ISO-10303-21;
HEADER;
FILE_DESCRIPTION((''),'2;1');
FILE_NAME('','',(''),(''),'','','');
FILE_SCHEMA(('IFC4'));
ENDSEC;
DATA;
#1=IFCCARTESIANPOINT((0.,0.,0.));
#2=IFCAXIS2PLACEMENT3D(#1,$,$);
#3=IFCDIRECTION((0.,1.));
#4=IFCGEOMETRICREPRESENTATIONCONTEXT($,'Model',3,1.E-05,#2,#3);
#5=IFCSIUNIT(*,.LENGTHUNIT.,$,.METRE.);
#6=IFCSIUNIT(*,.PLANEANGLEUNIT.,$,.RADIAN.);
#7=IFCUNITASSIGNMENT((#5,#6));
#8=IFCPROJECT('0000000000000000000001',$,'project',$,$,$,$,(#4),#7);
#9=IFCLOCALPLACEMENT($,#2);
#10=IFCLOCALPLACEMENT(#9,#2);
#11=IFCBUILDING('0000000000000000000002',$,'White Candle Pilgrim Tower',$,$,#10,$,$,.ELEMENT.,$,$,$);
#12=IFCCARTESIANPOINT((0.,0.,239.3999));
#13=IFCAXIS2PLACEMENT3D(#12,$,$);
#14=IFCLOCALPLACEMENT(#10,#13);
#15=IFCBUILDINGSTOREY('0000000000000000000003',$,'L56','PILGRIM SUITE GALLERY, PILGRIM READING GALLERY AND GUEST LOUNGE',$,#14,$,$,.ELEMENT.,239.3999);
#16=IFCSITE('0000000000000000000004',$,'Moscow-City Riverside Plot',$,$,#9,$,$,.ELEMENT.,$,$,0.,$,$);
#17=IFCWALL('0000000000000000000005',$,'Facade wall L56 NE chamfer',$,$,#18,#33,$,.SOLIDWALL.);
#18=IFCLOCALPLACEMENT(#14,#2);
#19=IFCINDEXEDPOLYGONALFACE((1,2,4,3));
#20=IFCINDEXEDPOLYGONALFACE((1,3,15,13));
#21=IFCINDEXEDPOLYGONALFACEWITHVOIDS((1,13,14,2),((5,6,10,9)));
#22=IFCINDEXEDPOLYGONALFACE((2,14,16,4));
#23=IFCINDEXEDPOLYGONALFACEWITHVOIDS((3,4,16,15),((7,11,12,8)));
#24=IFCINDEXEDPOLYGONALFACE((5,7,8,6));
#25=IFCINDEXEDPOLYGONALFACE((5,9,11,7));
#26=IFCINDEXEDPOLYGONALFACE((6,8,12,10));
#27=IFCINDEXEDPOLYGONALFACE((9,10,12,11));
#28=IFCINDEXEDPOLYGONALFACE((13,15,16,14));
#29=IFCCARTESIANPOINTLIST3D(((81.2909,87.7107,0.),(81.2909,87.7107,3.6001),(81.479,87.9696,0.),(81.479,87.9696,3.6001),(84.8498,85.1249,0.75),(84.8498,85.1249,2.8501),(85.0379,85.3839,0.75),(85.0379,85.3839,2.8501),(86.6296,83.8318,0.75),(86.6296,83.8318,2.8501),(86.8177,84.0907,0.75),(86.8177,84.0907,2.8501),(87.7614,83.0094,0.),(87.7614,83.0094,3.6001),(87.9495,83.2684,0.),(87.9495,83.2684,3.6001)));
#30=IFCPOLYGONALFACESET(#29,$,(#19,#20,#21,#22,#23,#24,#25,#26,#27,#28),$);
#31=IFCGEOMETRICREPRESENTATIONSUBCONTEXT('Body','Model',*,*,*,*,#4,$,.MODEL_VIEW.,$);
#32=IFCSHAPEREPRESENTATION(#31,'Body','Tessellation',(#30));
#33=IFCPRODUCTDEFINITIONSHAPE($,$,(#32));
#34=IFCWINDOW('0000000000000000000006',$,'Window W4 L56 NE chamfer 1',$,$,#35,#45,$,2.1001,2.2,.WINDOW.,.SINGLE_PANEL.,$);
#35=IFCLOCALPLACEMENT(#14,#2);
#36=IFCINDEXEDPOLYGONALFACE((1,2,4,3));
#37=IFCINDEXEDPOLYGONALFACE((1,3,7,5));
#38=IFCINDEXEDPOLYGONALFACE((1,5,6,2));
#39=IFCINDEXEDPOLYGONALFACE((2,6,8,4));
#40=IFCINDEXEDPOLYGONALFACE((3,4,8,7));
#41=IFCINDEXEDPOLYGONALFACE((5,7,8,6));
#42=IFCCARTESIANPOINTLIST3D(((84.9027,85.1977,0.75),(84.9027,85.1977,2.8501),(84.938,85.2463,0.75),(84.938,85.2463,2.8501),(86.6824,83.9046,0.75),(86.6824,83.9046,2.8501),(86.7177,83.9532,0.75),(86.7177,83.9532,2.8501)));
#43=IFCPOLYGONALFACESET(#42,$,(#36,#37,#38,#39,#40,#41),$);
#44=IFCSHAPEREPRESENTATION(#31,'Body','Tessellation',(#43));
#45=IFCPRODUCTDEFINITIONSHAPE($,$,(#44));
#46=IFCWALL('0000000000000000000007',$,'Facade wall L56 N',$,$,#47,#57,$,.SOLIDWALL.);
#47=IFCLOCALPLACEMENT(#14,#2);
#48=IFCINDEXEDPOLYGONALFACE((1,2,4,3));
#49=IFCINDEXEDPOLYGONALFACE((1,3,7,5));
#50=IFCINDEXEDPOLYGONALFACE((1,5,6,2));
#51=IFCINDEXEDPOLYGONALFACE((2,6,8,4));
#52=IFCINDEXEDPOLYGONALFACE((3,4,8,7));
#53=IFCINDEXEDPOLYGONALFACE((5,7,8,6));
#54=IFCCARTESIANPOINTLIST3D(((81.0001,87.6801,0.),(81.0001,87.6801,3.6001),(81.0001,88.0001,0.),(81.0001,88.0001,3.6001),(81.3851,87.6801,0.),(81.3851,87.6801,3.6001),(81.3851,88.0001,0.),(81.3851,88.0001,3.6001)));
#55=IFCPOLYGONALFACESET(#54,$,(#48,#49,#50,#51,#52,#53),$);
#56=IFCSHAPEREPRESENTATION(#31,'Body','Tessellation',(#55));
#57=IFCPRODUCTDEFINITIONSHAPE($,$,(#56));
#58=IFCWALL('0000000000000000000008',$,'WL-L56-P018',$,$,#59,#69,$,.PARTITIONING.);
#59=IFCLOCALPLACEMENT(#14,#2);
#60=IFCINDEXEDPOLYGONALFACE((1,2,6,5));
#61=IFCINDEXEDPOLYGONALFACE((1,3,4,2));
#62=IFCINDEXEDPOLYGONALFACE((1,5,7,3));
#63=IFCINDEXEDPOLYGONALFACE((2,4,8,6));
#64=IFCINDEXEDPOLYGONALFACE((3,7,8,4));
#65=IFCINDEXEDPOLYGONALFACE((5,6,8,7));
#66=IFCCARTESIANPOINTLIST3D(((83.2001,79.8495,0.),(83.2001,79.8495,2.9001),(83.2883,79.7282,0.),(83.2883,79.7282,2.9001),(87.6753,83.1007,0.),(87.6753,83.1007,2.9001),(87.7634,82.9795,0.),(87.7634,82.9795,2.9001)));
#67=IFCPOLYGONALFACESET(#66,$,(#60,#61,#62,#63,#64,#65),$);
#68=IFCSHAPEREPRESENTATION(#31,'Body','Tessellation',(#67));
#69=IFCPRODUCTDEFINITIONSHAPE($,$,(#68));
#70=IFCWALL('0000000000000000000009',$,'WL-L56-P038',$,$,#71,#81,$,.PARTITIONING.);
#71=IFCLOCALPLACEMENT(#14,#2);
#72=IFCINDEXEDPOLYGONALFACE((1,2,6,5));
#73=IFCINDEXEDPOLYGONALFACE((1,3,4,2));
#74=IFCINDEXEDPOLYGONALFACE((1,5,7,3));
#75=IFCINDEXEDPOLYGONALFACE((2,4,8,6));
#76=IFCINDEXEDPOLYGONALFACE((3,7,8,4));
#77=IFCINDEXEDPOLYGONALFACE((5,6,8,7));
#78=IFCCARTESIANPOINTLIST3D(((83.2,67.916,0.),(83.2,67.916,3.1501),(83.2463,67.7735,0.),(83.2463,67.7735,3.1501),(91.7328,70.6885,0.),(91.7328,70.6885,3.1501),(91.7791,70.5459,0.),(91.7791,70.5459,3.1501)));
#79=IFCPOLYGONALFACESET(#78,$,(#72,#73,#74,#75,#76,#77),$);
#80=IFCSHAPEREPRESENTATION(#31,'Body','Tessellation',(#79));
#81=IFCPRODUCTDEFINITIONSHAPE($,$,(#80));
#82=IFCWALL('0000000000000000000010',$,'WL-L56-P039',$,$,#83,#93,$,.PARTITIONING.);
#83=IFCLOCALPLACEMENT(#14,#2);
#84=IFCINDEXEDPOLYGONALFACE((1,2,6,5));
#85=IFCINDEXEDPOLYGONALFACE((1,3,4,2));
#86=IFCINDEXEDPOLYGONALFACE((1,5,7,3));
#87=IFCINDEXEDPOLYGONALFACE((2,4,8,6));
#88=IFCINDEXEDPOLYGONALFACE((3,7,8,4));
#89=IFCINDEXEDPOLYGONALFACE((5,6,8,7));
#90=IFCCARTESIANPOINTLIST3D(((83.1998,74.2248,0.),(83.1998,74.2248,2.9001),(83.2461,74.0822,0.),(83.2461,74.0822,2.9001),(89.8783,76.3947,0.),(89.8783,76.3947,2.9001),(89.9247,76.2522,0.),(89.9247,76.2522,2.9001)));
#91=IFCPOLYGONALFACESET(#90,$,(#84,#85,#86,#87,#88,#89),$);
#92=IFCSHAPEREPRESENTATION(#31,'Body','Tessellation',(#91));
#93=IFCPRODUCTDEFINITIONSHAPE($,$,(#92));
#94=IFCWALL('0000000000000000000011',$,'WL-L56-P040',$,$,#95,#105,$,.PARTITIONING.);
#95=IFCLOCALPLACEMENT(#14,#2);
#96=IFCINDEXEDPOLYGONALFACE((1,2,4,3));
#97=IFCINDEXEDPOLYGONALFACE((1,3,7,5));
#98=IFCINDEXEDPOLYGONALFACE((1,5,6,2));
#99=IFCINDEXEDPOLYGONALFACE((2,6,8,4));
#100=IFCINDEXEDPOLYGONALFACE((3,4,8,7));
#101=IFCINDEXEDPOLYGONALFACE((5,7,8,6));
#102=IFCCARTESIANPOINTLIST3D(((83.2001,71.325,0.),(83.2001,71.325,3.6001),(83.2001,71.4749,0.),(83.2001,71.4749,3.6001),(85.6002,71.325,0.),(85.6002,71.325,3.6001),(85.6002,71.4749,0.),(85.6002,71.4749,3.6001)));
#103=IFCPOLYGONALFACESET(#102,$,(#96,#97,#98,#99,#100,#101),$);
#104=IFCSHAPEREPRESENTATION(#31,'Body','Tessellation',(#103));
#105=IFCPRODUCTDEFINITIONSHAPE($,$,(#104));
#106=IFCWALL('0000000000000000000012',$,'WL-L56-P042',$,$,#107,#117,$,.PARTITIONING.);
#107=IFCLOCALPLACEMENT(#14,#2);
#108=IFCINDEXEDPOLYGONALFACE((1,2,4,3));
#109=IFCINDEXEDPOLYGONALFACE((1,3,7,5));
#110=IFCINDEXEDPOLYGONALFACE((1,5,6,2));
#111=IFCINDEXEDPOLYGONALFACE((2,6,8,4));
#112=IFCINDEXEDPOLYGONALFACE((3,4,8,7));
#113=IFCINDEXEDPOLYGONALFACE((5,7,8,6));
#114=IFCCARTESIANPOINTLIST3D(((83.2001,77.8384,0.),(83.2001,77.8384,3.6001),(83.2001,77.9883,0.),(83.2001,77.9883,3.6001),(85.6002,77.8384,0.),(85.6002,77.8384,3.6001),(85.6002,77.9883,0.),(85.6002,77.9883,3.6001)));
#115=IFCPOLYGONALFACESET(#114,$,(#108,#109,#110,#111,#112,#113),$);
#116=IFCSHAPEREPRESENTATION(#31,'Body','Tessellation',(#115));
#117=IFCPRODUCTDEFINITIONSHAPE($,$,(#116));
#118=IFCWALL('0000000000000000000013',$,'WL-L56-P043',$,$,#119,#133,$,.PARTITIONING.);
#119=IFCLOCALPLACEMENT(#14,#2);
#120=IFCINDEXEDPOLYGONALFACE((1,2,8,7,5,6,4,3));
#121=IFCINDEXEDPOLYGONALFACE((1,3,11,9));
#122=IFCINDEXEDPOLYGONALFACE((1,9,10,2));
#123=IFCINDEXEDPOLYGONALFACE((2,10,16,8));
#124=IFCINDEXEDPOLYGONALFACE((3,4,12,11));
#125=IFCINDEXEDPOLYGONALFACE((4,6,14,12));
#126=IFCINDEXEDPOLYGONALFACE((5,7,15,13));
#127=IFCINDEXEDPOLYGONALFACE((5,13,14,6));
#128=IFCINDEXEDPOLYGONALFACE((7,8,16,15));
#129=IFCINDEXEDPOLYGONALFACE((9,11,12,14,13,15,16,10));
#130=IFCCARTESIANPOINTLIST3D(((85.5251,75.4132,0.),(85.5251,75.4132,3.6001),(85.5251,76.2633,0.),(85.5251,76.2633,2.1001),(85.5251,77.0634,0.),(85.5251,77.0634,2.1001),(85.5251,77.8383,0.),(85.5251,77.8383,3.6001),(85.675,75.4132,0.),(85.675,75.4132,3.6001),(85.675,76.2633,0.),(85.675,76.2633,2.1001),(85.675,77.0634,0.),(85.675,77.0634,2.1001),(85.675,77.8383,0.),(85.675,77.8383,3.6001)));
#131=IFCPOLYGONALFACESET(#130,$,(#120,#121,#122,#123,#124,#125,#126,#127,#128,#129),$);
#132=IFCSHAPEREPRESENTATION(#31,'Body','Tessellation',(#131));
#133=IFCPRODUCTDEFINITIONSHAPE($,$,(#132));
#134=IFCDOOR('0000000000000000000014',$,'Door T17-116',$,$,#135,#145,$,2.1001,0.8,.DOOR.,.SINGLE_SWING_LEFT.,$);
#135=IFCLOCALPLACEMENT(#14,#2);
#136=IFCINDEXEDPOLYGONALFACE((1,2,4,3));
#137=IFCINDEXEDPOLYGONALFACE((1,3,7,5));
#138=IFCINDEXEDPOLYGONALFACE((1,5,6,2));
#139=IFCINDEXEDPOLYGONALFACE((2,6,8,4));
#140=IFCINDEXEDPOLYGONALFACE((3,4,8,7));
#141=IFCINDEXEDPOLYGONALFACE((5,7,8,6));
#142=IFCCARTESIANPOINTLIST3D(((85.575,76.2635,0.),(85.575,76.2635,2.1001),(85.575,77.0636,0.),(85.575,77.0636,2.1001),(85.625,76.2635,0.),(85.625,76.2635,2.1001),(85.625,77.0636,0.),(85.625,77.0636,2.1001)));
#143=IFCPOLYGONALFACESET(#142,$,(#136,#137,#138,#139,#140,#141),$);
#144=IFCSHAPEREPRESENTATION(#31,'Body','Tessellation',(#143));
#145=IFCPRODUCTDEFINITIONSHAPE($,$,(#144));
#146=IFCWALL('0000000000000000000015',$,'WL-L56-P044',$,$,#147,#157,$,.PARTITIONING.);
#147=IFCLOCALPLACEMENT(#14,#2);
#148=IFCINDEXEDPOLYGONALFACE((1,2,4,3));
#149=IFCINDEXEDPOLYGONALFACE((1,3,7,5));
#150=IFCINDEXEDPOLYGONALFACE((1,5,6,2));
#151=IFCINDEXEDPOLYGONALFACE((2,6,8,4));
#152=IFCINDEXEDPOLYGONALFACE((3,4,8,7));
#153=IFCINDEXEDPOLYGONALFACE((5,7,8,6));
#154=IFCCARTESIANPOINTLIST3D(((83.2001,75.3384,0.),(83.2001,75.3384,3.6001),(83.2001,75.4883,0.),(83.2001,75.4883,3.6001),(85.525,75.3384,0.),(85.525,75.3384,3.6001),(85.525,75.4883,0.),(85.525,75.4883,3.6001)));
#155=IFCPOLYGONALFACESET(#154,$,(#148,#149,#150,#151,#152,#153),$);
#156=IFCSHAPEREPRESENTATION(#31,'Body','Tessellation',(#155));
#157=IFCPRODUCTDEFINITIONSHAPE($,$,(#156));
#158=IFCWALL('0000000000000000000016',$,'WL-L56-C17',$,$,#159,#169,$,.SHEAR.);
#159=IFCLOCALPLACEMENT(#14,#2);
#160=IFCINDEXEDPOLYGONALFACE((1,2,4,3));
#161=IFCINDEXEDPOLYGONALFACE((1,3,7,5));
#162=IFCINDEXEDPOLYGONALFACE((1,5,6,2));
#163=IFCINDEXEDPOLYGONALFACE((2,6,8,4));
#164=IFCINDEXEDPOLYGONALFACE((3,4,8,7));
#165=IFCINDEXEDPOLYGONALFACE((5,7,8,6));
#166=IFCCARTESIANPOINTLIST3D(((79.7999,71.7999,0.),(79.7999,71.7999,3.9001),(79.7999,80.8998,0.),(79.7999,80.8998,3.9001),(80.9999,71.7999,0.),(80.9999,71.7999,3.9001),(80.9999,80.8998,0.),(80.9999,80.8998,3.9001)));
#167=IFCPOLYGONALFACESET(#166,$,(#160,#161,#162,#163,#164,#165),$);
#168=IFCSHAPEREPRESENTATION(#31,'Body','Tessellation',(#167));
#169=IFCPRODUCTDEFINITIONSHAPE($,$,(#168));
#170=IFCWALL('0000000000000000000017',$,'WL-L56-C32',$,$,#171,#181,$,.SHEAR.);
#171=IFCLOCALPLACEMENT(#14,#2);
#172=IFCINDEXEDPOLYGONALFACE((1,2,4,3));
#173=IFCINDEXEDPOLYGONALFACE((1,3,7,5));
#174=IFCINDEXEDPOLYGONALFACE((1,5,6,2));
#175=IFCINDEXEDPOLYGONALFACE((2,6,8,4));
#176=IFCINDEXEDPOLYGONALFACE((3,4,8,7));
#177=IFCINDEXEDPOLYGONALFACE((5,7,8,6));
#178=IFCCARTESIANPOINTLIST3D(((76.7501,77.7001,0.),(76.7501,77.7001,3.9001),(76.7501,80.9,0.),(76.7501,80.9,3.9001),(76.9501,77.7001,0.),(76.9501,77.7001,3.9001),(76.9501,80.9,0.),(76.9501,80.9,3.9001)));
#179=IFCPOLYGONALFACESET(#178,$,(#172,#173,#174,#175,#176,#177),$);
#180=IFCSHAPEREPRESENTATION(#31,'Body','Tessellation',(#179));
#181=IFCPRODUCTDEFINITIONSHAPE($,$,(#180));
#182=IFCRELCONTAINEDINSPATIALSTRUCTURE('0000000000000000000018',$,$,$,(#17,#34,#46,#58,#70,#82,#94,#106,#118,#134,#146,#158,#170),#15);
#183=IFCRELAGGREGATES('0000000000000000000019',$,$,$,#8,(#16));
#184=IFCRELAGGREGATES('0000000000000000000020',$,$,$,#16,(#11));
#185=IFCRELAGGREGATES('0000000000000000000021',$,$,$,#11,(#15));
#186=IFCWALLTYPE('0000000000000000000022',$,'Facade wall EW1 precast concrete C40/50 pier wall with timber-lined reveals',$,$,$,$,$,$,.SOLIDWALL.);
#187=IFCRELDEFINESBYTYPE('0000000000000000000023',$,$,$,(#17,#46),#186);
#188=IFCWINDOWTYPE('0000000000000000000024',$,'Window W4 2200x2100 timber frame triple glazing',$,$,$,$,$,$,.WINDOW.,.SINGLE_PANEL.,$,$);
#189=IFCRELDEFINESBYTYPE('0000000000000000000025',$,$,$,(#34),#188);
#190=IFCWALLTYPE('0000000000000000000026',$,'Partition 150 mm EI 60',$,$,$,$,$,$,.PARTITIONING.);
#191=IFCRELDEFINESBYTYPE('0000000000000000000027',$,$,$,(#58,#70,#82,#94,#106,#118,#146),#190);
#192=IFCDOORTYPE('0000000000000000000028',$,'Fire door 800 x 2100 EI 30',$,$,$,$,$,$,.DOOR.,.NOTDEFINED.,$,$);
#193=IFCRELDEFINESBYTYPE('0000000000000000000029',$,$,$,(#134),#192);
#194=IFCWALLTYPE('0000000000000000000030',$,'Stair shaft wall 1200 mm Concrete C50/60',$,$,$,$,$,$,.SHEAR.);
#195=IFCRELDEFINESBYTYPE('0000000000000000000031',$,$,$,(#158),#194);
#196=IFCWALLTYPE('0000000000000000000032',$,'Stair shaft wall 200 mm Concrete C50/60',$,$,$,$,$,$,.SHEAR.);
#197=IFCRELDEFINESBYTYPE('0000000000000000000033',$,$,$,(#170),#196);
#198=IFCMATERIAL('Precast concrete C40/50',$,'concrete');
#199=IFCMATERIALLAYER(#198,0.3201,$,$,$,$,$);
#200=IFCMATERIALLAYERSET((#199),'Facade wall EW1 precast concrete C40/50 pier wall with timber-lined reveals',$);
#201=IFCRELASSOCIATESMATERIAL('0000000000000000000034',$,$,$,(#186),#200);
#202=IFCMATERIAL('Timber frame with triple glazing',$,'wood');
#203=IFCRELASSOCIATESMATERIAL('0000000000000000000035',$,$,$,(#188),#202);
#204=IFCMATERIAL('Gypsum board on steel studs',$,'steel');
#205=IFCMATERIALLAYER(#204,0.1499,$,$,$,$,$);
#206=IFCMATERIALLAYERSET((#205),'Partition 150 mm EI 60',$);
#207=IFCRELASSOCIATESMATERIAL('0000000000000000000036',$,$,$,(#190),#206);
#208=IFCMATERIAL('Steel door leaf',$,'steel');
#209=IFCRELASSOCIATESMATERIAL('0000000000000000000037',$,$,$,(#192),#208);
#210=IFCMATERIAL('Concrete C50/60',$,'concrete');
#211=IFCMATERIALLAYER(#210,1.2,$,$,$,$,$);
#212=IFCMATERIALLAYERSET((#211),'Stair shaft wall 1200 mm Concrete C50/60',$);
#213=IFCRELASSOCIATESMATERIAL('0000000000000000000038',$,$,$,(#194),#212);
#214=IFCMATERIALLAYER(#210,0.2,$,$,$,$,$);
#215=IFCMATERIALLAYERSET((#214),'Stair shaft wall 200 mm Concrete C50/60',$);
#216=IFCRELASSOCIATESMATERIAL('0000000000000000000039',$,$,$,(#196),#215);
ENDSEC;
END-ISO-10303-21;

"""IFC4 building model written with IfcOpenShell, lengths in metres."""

from ifc_helpers import new_model, si_unit, direction, frame, frame_2d, origin, place, context, subcontext, project, spatial, rectangle, extrude, material, layer, layer_set, type_object, element, fill, save


model = new_model("IFC4")

# Units and contexts
model_context = context("Model", 3, precision=1e-05, world=origin(), true_north=direction((0.0, 1.0)))
body_context = subcontext(model_context, "Body", "Model", "MODEL_VIEW")
ifc_project = project(units=[si_unit("LENGTHUNIT", "METRE"), si_unit("PLANEANGLEUNIT", "RADIAN")], contexts=[model_context])

# Site, building, storey
site_placement = place(None, origin())
site = spatial("IfcSite", under=ifc_project, at=site_placement, Name="Moscow-City Riverside Plot", CompositionType="ELEMENT", RefElevation=0.0)
building_placement = place(site_placement, origin())
building = spatial("IfcBuilding", under=site, at=building_placement, Name="White Candle Pilgrim Tower", CompositionType="ELEMENT")
storey_placement = place(building_placement, frame((0.0, 0.0, 239.3999)))
storey = spatial("IfcBuildingStorey", under=building, at=storey_placement, Name="L56", Description="PILGRIM SUITE GALLERY, PILGRIM READING GALLERY AND GUEST LOUNGE", CompositionType="ELEMENT", Elevation=239.3999)

# Shared definitions
ifc_material_1 = material(Name="Concrete C50/60", Category="concrete")

# Shared definitions
ifc_material_2 = material(Name="Steel door leaf", Category="steel")

# Shared definitions
ifc_material_3 = material(Name="Gypsum board on steel studs", Category="steel")

# Wall, opening, window
ifc_material_4 = material(Name="Precast concrete C40/50", Category="concrete")
ifc_layer_1 = layer(ifc_material_4, 0.3201)
ifc_layer_set_1 = layer_set([ifc_layer_1], Name="Facade wall EW1 precast concrete C40/50 pier wall with timber-lined reveals")
wall_type_1 = type_object("IfcWallType", Name="Facade wall EW1 precast concrete C40/50 pier wall with timber-lined reveals", PredefinedType="SOLIDWALL", material=ifc_layer_set_1)
wall_1_placement = place(storey_placement, frame((87.8555, 83.1389, 0.0), z_axis=(0.0, 0.0, 1.0), x_axis=(-0.809011, 0.587794, 0.0)))
wall_1 = element("IfcWall", 1, at=wall_1_placement, inside=storey, type_object=wall_type_1, Name="Facade wall L56 NE chamfer", PredefinedType="SOLIDWALL", context=body_context, shape_type="SweptSolid", body=[
    extrude(rectangle(XDim=7.998, YDim=0.3201, at=frame_2d((3.999, 0.0))), origin(), (0.0, 0.0, 1.0), 3.6001),
])
opening_1_placement = place(wall_1_placement, frame((1.3989, 0.0, 0.75)))
opening_1 = element("IfcOpeningElement", 2, at=opening_1_placement, cuts=wall_1, PredefinedType="OPENING", context=body_context, shape_type="SweptSolid", body=[
    extrude(rectangle(XDim=2.2, YDim=2.1001, at=frame_2d((1.1001, 1.05))), frame((0.0, 0.1699, 0.0), z_axis=(0.0, -1.0, 0.0), x_axis=(1.0, 0.0, 0.0)), (0.0, 0.0, 1.0), 0.3401),
])
ifc_material_5 = material(Name="Timber frame with triple glazing", Category="wood")
window_type = type_object("IfcWindowType", Name="Window W4 2200x2100 timber frame triple glazing", PartitioningType="SINGLE_PANEL", PredefinedType="WINDOW", material=ifc_material_5)
window_placement = place(opening_1_placement, origin())
window = element("IfcWindow", 3, at=window_placement, inside=storey, type_object=window_type, Name="Window W4 L56 NE chamfer 1", OverallHeight=2.1001, OverallWidth=2.2, PartitioningType="SINGLE_PANEL", PredefinedType="WINDOW", context=body_context, shape_type="SweptSolid", body=[
    extrude(rectangle(XDim=2.2, YDim=2.1001, at=frame_2d((1.1001, 1.05))), frame((0.0, 0.0701, 0.0), z_axis=(0.0, -1.0, 0.0), x_axis=(1.0, 0.0, 0.0)), (0.0, 0.0, 1.0), 0.0601),
])
fill(opening_1, window)

# Walls
wall_2_placement = place(storey_placement, frame((81.385, 87.8401, 0.0), z_axis=(0.0, 0.0, 1.0), x_axis=(-1.0, 0.0, 0.0)))
element("IfcWall", 4, at=wall_2_placement, inside=storey, type_object=wall_type_1, Name="Facade wall L56 N", PredefinedType="SOLIDWALL", context=body_context, shape_type="SweptSolid", body=[
    extrude(rectangle(XDim=0.385, YDim=0.3201, at=frame_2d((0.1924, 0.0))), origin(), (0.0, 0.0, 1.0), 3.6001),
])
ifc_layer_2 = layer(ifc_material_3, 0.1499)
ifc_layer_set_2 = layer_set([ifc_layer_2], Name="Partition 150 mm EI 60")
wall_type_2 = type_object("IfcWallType", Name="Partition 150 mm EI 60", PredefinedType="PARTITIONING", material=ifc_layer_set_2)
wall_3_placement = place(storey_placement, frame((87.7192, 83.04, 0.0), z_axis=(0.0, 0.0, 1.0), x_axis=(-0.809028, -0.58777, 0.0)))
element("IfcWall", 5, at=wall_3_placement, inside=storey, type_object=wall_type_2, Name="WL-L56-P018", PredefinedType="PARTITIONING", context=body_context, shape_type="SweptSolid", body=[
    extrude(rectangle(XDim=5.5315, YDim=0.1499, at=frame_2d((2.7656, 0.0))), origin(), (0.0, 0.0, 1.0), 2.9001),
])
wall_4_placement = place(storey_placement, frame((91.7559, 70.6172, 0.0), z_axis=(0.0, 0.0, 1.0), x_axis=(-0.951056, -0.309018, 0.0)))
element("IfcWall", 6, at=wall_4_placement, inside=storey, type_object=wall_type_2, Name="WL-L56-P038", PredefinedType="PARTITIONING", context=body_context, shape_type="SweptSolid", body=[
    extrude(rectangle(XDim=8.9719, YDim=0.1499, at=frame_2d((4.4858, 0.0))), origin(), (0.0, 0.0, 1.0), 3.1501),
])
wall_5_placement = place(storey_placement, frame((89.9016, 76.3235, 0.0), z_axis=(0.0, 0.0, 1.0), x_axis=(-0.951058, -0.309011, 0.0)))
element("IfcWall", 7, at=wall_5_placement, inside=storey, type_object=wall_type_2, Name="WL-L56-P039", PredefinedType="PARTITIONING", context=body_context, shape_type="SweptSolid", body=[
    extrude(rectangle(XDim=7.0222, YDim=0.1499, at=frame_2d((3.5112, 0.0))), origin(), (0.0, 0.0, 1.0), 2.9001),
])
for number, where, z_axis, x_axis, name in (
    (8, (83.2, 71.3999, 0.0), (0.0, 0.0, 1.0), (1.0, 0.0, 0.0), "WL-L56-P040"),
    (9, (83.2, 77.9133, 0.0), (0.0, 0.0, 1.0), (1.0, 0.0, 0.0), "WL-L56-P042"),
):
    element("IfcWall", number, at=place(storey_placement, frame(where, z_axis=z_axis, x_axis=x_axis)), inside=storey, type_object=wall_type_2, Name=name, PredefinedType="PARTITIONING", context=body_context, shape_type="SweptSolid", body=[
        extrude(rectangle(XDim=2.4001, YDim=0.1499, at=frame_2d((1.2002, 0.0))), origin(), (0.0, 0.0, 1.0), 3.6001),
    ])

# Wall, opening, door
wall_6_placement = place(storey_placement, frame((85.6001, 75.4133, 0.0), z_axis=(0.0, 0.0, 1.0), x_axis=(0.0, 1.0, 0.0)))
wall_6 = element("IfcWall", 10, at=wall_6_placement, inside=storey, type_object=wall_type_2, Name="WL-L56-P043", PredefinedType="PARTITIONING", context=body_context, shape_type="SweptSolid", body=[
    extrude(rectangle(XDim=2.425, YDim=0.1499, at=frame_2d((1.2124, 0.0))), origin(), (0.0, 0.0, 1.0), 3.6001),
])
opening_2_placement = place(wall_6_placement, frame((0.8501, 0.0, 0.0)))
opening_2 = element("IfcOpeningElement", 11, at=opening_2_placement, cuts=wall_6, PredefinedType="OPENING", context=body_context, shape_type="SweptSolid", body=[
    extrude(rectangle(XDim=0.8, YDim=2.1001, at=frame_2d((0.3999, 1.05))), frame((0.0, 0.085, 0.0), z_axis=(0.0, -1.0, 0.0), x_axis=(1.0, 0.0, 0.0)), (0.0, 0.0, 1.0), 0.1699),
])
door_type_1 = type_object("IfcDoorType", Name="Fire door 800 x 2100 EI 30", OperationType="NOTDEFINED", PredefinedType="DOOR", material=ifc_material_2)
door_1_placement = place(opening_2_placement, frame((0.8, 0.0, 0.0), z_axis=(0.0, 0.0, 1.0), x_axis=(-1.0, 0.0, 0.0)))
door_1 = element("IfcDoor", 12, at=door_1_placement, inside=storey, type_object=door_type_1, Name="Door T17-116", OperationType="SINGLE_SWING_LEFT", OverallHeight=2.1001, OverallWidth=0.8, PredefinedType="DOOR", context=body_context, shape_type="SweptSolid", body=[
    extrude(rectangle(XDim=0.8, YDim=2.1001, at=frame_2d((0.3999, 1.05))), frame((0.0, 0.0249, 0.0), z_axis=(0.0, -1.0, 0.0), x_axis=(1.0, 0.0, 0.0)), (0.0, 0.0, 1.0), 0.05),
])
fill(opening_2, door_1)

# Walls
wall_7_placement = place(storey_placement, frame((83.2, 75.4133, 0.0), z_axis=(0.0, 0.0, 1.0), x_axis=(1.0, 0.0, 0.0)))
element("IfcWall", 13, at=wall_7_placement, inside=storey, type_object=wall_type_2, Name="WL-L56-P044", PredefinedType="PARTITIONING", context=body_context, shape_type="SweptSolid", body=[
    extrude(rectangle(XDim=2.325, YDim=0.1499, at=frame_2d((1.1626, 0.0))), origin(), (0.0, 0.0, 1.0), 3.6001),
])
ifc_layer_3 = layer(ifc_material_1, 1.2)
ifc_layer_set_3 = layer_set([ifc_layer_3], Name="Stair shaft wall 1200 mm Concrete C50/60")
wall_type_3 = type_object("IfcWallType", Name="Stair shaft wall 1200 mm Concrete C50/60", PredefinedType="SHEAR", material=ifc_layer_set_3)
wall_8_placement = place(storey_placement, frame((80.3999, 71.8, 0.0), z_axis=(0.0, 0.0, 1.0), x_axis=(0.0, 1.0, 0.0)))
element("IfcWall", 14, at=wall_8_placement, inside=storey, type_object=wall_type_3, Name="WL-L56-C17", PredefinedType="SHEAR", context=body_context, shape_type="SweptSolid", body=[
    extrude(rectangle(XDim=9.0999, YDim=1.2, at=frame_2d((4.5498, 0.0))), origin(), (0.0, 0.0, 1.0), 3.9001),
])
ifc_layer_4 = layer(ifc_material_1, 0.2)
ifc_layer_set_4 = layer_set([ifc_layer_4], Name="Stair shaft wall 200 mm Concrete C50/60")
wall_type_4 = type_object("IfcWallType", Name="Stair shaft wall 200 mm Concrete C50/60", PredefinedType="SHEAR", material=ifc_layer_set_4)
wall_9_placement = place(storey_placement, frame((76.8501, 77.7, 0.0), z_axis=(0.0, 0.0, 1.0), x_axis=(0.0, 1.0, 0.0)))
element("IfcWall", 15, at=wall_9_placement, inside=storey, type_object=wall_type_4, Name="WL-L56-C32", PredefinedType="SHEAR", context=body_context, shape_type="SweptSolid", body=[
    extrude(rectangle(XDim=3.2, YDim=0.2, at=frame_2d((1.6001, 0.0))), origin(), (0.0, 0.0, 1.0), 3.9001),
])

save(model, "model.ifc")
